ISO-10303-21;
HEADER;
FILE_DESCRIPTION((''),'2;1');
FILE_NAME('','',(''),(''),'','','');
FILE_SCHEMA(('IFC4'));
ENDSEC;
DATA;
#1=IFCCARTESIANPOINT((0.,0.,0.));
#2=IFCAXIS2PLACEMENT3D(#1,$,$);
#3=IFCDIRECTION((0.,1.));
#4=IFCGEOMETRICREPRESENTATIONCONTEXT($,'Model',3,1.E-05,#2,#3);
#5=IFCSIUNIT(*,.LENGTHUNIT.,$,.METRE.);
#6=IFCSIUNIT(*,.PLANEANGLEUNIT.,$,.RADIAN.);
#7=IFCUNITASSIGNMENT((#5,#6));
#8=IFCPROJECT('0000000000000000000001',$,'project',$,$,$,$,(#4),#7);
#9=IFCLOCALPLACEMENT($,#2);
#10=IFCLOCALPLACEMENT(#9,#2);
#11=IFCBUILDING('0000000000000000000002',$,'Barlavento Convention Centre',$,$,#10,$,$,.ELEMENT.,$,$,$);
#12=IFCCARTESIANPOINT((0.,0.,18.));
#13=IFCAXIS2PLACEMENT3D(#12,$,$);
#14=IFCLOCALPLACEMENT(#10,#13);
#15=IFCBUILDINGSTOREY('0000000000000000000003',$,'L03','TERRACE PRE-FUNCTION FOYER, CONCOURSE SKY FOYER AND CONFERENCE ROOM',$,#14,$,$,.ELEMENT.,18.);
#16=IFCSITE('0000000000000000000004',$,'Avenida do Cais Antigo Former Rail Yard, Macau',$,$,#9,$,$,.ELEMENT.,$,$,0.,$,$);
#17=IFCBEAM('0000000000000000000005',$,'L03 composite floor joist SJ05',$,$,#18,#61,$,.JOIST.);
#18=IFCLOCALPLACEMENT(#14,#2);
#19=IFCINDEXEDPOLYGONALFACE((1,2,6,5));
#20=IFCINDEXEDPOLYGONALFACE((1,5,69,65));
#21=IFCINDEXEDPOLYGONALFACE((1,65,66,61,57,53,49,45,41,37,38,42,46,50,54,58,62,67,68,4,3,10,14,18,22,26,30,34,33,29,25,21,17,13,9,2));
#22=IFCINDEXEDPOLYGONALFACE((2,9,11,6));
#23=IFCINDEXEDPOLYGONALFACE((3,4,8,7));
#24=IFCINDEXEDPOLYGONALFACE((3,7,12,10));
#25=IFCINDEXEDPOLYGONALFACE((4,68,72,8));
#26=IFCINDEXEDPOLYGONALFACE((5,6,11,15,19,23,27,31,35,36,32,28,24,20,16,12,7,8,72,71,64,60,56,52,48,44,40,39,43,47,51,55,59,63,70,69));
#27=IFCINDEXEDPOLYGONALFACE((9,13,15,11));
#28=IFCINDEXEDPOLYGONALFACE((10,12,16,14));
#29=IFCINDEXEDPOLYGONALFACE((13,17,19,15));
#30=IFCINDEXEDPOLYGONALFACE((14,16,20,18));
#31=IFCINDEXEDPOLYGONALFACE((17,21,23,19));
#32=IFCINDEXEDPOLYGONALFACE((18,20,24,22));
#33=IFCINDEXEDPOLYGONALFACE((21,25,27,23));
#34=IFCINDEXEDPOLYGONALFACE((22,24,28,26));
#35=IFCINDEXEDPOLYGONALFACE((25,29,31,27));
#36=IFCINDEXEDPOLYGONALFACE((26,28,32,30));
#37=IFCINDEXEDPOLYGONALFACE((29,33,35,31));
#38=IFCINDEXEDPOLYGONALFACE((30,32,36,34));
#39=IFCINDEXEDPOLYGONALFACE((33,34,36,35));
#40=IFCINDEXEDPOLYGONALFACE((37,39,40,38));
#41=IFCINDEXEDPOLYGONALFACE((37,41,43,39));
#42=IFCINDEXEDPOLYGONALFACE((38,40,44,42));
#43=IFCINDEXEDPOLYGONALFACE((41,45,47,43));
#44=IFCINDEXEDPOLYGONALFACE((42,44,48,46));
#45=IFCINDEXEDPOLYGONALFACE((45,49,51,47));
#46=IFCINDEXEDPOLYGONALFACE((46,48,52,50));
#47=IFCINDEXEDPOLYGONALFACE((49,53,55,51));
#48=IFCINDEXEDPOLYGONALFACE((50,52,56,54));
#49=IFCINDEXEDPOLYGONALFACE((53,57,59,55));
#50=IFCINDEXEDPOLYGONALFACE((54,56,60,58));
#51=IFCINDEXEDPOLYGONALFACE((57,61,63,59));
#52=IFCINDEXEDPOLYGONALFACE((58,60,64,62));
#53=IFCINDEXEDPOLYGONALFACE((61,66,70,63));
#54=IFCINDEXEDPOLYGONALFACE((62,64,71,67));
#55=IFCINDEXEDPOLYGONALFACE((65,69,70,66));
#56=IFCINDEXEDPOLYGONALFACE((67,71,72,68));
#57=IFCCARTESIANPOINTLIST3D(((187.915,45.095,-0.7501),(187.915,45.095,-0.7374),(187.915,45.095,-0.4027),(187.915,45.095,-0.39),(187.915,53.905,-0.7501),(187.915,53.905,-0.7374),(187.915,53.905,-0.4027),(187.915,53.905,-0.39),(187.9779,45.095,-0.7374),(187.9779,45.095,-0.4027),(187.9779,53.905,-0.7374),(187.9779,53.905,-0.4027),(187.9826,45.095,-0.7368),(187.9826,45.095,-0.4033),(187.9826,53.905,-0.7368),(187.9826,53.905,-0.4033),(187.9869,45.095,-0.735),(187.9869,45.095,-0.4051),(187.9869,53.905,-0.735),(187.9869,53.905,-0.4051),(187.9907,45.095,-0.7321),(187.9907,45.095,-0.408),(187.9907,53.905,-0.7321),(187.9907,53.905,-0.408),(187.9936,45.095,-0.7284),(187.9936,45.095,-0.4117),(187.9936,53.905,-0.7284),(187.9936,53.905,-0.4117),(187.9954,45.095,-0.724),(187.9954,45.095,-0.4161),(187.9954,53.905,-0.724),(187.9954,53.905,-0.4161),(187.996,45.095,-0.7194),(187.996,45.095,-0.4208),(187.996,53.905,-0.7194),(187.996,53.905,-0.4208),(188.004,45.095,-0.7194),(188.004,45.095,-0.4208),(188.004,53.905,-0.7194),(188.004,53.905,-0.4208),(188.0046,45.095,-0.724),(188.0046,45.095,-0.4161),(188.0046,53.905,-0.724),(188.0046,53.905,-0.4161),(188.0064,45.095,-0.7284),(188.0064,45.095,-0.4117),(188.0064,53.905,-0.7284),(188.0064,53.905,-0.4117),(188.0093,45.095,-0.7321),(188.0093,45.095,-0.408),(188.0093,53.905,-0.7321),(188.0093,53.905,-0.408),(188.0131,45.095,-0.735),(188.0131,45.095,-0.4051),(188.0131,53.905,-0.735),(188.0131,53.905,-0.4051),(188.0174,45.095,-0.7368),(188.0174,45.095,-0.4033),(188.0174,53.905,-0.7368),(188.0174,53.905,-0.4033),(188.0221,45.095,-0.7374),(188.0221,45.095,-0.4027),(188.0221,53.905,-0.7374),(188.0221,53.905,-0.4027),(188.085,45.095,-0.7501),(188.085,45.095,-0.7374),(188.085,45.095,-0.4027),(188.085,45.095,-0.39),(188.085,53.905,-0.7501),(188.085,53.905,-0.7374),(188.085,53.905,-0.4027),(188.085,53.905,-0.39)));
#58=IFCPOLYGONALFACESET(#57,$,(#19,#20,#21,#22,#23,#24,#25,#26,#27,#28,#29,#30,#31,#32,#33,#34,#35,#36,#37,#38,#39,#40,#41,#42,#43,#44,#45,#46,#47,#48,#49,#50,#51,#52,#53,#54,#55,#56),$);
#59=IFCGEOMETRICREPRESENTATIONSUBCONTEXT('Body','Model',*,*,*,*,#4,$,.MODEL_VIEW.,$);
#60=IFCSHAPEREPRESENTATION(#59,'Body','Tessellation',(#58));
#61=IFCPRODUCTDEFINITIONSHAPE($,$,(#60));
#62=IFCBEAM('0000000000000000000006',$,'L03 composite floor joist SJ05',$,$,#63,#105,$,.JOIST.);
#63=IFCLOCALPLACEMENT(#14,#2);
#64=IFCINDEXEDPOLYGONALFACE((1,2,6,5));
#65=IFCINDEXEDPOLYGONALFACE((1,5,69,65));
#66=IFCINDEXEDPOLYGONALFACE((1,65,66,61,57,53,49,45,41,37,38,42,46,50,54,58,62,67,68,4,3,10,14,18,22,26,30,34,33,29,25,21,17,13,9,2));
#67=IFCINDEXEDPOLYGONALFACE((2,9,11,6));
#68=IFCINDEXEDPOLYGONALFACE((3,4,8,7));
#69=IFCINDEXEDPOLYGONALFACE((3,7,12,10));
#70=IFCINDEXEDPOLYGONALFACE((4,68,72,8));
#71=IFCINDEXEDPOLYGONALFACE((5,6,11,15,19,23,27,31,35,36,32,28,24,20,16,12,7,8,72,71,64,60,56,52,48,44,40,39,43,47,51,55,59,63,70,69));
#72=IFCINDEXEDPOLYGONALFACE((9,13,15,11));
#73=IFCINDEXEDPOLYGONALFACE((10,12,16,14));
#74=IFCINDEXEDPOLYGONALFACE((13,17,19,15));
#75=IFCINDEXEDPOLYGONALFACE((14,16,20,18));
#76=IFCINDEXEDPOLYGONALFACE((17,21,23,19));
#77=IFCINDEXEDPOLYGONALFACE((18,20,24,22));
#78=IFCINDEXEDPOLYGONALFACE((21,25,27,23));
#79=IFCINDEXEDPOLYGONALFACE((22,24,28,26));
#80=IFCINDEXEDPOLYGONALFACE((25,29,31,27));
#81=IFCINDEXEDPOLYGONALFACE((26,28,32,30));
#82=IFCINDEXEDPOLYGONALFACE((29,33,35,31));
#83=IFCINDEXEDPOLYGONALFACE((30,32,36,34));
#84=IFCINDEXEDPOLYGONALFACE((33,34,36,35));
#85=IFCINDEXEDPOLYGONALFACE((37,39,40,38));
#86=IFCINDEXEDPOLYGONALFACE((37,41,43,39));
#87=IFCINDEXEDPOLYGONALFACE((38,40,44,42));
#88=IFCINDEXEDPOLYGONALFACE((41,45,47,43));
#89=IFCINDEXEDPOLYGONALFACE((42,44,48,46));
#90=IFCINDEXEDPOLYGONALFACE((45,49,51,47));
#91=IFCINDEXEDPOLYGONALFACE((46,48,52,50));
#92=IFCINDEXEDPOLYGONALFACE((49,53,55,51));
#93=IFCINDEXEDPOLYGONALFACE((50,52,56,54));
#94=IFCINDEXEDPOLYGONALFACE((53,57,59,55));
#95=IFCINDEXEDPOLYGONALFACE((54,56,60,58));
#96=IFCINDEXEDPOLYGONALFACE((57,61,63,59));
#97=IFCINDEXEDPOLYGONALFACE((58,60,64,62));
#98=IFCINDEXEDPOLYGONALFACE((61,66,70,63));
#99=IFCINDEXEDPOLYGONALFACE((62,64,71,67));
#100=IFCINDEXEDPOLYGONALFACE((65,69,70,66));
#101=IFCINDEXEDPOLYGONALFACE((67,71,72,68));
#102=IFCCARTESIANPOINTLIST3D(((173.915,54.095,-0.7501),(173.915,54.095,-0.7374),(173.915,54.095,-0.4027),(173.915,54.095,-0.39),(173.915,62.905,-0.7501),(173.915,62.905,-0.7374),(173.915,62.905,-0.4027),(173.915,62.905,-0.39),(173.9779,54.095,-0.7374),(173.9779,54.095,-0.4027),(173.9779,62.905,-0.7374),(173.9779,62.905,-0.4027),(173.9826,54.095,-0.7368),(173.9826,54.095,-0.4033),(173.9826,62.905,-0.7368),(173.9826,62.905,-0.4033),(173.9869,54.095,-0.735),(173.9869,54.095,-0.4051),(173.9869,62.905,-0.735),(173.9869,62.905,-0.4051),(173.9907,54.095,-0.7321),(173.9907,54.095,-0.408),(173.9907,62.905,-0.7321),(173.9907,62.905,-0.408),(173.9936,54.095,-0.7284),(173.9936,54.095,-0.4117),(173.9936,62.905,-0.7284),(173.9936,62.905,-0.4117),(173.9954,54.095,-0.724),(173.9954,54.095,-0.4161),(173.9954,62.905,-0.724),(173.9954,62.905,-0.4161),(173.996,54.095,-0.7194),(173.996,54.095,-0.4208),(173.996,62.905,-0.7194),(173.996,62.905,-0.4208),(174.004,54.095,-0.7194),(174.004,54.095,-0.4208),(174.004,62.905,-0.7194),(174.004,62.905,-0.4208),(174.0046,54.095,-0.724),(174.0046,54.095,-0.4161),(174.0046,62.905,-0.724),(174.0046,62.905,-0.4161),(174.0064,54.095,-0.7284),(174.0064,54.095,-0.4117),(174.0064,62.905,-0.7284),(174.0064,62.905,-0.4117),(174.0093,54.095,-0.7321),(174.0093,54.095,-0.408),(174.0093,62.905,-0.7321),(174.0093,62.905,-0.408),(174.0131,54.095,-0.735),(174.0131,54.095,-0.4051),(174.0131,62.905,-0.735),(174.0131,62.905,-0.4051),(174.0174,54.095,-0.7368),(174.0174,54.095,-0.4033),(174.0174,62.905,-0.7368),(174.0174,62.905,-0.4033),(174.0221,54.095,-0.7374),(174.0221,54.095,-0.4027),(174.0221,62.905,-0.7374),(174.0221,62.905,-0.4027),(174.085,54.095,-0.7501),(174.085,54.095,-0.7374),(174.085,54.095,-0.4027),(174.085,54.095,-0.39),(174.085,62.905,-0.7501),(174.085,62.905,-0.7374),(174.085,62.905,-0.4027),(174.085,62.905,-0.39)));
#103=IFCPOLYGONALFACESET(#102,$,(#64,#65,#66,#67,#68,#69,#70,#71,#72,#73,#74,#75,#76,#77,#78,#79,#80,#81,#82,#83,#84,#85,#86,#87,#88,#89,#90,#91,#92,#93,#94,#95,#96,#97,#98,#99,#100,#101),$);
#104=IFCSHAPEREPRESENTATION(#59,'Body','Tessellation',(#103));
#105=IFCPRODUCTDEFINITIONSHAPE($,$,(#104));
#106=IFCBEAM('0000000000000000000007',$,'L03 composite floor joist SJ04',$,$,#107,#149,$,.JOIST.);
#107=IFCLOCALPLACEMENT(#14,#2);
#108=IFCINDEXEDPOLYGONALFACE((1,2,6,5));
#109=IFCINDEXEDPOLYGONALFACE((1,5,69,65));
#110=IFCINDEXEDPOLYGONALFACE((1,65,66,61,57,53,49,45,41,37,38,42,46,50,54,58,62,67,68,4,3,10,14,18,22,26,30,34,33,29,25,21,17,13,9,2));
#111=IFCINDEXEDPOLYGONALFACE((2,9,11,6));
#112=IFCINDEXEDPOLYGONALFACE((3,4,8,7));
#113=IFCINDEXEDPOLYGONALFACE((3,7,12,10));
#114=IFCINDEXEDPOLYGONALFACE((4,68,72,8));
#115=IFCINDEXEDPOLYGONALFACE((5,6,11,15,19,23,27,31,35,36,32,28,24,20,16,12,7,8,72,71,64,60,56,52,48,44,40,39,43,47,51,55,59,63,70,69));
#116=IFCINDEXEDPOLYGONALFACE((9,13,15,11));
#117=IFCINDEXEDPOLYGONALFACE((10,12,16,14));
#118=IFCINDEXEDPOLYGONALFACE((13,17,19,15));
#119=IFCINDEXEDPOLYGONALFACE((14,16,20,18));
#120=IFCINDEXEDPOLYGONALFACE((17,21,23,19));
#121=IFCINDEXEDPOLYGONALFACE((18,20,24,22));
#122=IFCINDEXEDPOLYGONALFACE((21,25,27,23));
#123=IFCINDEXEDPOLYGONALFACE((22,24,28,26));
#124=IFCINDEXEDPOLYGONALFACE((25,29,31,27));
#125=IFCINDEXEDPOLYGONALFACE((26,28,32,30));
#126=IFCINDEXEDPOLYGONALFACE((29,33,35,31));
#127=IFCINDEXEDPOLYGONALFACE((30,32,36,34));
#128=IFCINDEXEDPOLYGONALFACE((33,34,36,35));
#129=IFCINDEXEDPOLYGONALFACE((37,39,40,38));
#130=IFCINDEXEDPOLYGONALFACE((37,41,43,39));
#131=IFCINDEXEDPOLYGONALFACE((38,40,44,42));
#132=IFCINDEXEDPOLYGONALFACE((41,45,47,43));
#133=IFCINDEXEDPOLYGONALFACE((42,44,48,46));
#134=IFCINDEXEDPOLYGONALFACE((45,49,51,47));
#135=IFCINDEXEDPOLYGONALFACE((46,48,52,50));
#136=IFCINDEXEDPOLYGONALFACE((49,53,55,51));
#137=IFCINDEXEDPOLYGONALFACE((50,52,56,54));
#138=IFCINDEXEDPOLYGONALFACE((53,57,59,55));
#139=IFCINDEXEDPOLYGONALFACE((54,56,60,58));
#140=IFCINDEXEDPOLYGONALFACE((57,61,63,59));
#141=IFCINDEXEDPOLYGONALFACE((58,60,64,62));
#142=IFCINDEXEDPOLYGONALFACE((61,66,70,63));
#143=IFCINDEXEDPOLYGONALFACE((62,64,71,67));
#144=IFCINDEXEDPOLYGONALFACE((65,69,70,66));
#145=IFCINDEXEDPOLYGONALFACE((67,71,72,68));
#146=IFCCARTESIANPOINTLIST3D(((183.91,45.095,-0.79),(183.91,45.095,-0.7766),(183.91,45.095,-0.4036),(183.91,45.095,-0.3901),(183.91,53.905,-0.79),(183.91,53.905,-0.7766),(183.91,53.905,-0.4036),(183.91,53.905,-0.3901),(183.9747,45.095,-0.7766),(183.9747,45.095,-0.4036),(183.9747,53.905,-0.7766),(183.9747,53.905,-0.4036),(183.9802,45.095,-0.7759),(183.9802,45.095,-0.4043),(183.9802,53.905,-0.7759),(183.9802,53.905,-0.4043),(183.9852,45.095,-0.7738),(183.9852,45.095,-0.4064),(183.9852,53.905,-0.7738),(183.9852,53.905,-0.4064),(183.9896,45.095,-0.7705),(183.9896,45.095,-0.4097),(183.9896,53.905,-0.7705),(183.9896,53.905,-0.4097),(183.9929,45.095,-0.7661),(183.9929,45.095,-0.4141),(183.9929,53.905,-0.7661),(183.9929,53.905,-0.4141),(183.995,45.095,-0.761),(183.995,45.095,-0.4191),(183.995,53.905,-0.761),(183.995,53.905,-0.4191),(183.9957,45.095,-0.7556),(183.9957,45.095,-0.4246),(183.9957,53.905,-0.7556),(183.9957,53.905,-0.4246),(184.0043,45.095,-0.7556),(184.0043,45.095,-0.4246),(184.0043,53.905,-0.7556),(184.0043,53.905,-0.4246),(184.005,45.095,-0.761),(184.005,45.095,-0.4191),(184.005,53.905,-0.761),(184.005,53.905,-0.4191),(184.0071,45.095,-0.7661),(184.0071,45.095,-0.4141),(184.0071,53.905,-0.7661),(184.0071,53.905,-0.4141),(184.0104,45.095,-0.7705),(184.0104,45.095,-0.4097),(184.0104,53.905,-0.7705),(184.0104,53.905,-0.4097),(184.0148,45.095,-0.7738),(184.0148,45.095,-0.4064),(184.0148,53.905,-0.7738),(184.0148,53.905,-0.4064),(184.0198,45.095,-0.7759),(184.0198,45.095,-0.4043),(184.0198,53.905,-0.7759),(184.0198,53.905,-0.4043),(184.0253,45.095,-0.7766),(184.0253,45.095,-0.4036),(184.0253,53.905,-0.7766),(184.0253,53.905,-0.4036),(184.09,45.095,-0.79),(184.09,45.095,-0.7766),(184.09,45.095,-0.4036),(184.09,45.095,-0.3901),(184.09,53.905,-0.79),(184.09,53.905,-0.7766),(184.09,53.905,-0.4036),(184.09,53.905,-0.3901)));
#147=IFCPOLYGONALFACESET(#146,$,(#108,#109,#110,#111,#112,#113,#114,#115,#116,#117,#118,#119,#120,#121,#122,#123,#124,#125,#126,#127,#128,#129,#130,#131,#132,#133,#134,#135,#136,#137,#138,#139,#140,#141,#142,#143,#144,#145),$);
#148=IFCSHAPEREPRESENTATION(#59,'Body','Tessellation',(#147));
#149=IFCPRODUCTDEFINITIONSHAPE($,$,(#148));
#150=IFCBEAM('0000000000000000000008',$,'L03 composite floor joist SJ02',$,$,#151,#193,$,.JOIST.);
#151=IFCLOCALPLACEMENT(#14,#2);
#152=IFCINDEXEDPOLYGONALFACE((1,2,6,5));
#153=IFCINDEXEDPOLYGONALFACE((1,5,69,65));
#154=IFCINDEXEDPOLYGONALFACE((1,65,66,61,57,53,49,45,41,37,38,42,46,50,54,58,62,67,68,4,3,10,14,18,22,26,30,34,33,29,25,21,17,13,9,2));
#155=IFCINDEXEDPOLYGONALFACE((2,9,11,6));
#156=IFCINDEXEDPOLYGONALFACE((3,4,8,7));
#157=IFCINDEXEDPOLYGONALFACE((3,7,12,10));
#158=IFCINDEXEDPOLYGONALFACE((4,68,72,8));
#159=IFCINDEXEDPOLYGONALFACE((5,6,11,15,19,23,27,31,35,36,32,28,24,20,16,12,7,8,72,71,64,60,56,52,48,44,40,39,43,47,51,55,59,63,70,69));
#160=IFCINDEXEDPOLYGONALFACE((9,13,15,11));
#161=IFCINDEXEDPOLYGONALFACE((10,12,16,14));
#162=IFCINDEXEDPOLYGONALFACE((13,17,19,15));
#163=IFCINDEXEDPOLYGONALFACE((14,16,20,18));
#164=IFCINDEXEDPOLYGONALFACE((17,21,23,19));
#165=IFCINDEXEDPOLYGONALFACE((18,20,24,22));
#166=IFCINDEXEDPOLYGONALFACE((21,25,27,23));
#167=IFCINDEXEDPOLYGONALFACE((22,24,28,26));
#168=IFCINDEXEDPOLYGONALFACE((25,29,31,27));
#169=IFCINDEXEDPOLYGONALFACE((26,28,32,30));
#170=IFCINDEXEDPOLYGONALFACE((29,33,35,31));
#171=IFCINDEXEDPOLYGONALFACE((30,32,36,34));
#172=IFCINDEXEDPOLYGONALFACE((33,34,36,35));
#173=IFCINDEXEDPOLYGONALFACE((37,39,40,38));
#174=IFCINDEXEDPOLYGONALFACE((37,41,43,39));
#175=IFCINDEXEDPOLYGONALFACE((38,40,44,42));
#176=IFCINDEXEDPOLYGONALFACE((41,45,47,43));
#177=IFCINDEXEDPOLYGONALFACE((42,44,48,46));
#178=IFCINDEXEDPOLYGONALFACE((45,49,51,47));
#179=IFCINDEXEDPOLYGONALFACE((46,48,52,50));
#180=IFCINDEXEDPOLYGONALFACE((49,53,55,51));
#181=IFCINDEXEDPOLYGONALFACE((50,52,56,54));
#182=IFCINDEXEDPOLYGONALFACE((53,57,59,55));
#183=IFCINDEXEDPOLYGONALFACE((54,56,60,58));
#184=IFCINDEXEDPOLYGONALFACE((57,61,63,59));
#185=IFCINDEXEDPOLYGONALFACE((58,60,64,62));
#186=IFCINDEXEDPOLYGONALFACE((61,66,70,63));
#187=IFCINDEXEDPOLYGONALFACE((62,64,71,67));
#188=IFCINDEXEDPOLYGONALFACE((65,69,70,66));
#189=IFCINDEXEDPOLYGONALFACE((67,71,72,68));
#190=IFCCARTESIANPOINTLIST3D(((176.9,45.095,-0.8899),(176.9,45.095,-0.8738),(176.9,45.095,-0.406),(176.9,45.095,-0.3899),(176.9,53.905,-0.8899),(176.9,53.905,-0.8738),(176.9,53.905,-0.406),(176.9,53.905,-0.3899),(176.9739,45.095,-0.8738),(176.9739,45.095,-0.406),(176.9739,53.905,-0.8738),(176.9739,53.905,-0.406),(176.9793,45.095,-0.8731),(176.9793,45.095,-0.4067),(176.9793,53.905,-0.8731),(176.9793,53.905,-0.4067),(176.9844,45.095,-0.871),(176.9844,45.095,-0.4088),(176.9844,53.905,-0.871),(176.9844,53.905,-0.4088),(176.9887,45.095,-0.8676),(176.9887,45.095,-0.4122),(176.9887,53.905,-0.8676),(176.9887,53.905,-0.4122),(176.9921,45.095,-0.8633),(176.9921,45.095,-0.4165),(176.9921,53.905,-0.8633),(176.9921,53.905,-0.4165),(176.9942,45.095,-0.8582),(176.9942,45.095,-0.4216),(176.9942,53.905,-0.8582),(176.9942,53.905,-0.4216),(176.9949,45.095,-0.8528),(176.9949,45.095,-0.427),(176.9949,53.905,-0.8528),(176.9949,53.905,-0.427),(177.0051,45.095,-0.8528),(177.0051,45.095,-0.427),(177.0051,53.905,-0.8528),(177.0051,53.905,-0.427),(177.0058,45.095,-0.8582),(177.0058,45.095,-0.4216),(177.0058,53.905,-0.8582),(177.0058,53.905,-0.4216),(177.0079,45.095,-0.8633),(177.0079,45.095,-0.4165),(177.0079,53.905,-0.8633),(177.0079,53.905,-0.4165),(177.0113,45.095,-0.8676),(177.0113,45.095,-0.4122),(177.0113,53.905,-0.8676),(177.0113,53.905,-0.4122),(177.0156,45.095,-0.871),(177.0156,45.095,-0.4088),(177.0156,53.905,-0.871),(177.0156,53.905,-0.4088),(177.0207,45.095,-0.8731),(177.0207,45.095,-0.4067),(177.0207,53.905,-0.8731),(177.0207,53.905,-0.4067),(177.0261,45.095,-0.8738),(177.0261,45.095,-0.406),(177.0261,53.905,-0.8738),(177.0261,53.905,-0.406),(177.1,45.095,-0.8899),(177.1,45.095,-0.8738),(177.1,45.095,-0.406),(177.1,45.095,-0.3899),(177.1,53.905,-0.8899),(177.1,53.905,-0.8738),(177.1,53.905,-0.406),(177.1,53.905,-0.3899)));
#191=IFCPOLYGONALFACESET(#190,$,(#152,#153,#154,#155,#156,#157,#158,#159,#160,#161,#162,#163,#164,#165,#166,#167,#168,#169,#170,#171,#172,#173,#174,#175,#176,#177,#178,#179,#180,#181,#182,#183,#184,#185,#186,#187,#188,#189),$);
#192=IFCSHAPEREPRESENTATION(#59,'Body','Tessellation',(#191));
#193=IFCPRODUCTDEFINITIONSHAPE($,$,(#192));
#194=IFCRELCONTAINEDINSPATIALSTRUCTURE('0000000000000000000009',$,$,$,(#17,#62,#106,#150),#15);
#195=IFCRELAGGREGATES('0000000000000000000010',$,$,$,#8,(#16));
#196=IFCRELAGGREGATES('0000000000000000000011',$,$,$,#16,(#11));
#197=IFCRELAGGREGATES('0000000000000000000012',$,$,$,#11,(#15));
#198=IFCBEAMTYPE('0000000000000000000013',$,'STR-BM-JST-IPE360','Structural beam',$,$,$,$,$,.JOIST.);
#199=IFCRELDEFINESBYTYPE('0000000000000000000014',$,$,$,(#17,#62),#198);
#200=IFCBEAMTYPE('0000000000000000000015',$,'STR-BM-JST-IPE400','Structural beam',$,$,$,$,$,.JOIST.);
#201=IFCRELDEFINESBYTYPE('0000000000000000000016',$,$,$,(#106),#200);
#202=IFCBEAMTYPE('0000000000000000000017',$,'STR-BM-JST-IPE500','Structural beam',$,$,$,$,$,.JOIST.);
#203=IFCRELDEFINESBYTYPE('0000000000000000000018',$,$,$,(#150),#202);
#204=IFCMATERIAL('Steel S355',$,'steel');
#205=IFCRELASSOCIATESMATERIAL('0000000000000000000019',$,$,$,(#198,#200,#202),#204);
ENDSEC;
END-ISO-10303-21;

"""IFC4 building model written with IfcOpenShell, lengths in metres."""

from ifc_helpers import new_model, si_unit, direction, frame, origin, origin_2d, place, context, subcontext, project, spatial, i_section, extrude, material, material_profile, profile_set, type_object, element, save


model = new_model("IFC4")

# Units and contexts
model_context = context("Model", 3, precision=1e-05, world=origin(), true_north=direction((0.0, 1.0)))
body_context = subcontext(model_context, "Body", "Model", "MODEL_VIEW")
ifc_project = project(units=[si_unit("LENGTHUNIT", "METRE"), si_unit("PLANEANGLEUNIT", "RADIAN")], contexts=[model_context])

# Site, building, storey
site_placement = place(None, origin())
site = spatial("IfcSite", under=ifc_project, at=site_placement, Name="Avenida do Cais Antigo Former Rail Yard, Macau", CompositionType="ELEMENT", RefElevation=0.0)
building_placement = place(site_placement, origin())
building = spatial("IfcBuilding", under=site, at=building_placement, Name="Barlavento Convention Centre", CompositionType="ELEMENT")
storey_placement = place(building_placement, frame((0.0, 0.0, 18.0)))
storey = spatial("IfcBuildingStorey", under=building, at=storey_placement, Name="L03", Description="TERRACE PRE-FUNCTION FOYER, CONCOURSE SKY FOYER AND CONFERENCE ROOM", CompositionType="ELEMENT", Elevation=18.0)

# Shared definitions
ifc_material_1 = material(Name="Steel S355", Category="steel")

# Beams
ifc_material_profile_1 = material_profile(ifc_material_1, i_section(OverallWidth=0.1699, OverallDepth=0.3601, WebThickness=0.0081, FlangeThickness=0.0127, FilletRadius=0.0181, at=origin_2d()), Name="IPE 360")
ifc_profile_set_1 = profile_set([ifc_material_profile_1], Name="Steel S355")
beam_type_1 = type_object("IfcBeamType", Name="STR-BM-JST-IPE360", Description="Structural beam", PredefinedType="JOIST", material=ifc_profile_set_1)
for number, where, z_axis, x_axis, name in (
    (1, (188.0, 45.095, -0.5701), (0.0, 1.0, 0.0), (-1.0, 0.0, 0.0), "L03 composite floor joist SJ05"),
    (2, (174.0, 54.095, -0.5701), (0.0, 1.0, 0.0), (-1.0, 0.0, 0.0), "L03 composite floor joist SJ05"),
):
    element("IfcBeam", number, at=place(storey_placement, frame(where, z_axis=z_axis, x_axis=x_axis)), inside=storey, type_object=beam_type_1, Name=name, PredefinedType="JOIST", context=body_context, shape_type="SweptSolid", body=[
        extrude(i_section(OverallWidth=0.1699, OverallDepth=0.3601, WebThickness=0.0081, FlangeThickness=0.0127, FilletRadius=0.0181, at=origin_2d()), origin(), (0.0, 0.0, 1.0), 8.8101),
    ])
ifc_material_profile_2 = material_profile(ifc_material_1, i_section(OverallWidth=0.1799, OverallDepth=0.3999, WebThickness=0.0085, FlangeThickness=0.0134, FilletRadius=0.021, at=origin_2d()), Name="IPE 400")
ifc_profile_set_2 = profile_set([ifc_material_profile_2], Name="Steel S355")
beam_type_2 = type_object("IfcBeamType", Name="STR-BM-JST-IPE400", Description="Structural beam", PredefinedType="JOIST", material=ifc_profile_set_2)
beam_1_placement = place(storey_placement, frame((184.0, 45.095, -0.5901), z_axis=(0.0, 1.0, 0.0), x_axis=(-1.0, 0.0, 0.0)))
element("IfcBeam", 3, at=beam_1_placement, inside=storey, type_object=beam_type_2, Name="L03 composite floor joist SJ04", PredefinedType="JOIST", context=body_context, shape_type="SweptSolid", body=[
    extrude(i_section(OverallWidth=0.1799, OverallDepth=0.3999, WebThickness=0.0085, FlangeThickness=0.0134, FilletRadius=0.021, at=origin_2d()), origin(), (0.0, 0.0, 1.0), 8.8101),
])
ifc_material_profile_3 = material_profile(ifc_material_1, i_section(OverallWidth=0.2, OverallDepth=0.5, WebThickness=0.0103, FlangeThickness=0.0161, FilletRadius=0.021, at=origin_2d()), Name="IPE 500")
ifc_profile_set_3 = profile_set([ifc_material_profile_3], Name="Steel S355")
beam_type_3 = type_object("IfcBeamType", Name="STR-BM-JST-IPE500", Description="Structural beam", PredefinedType="JOIST", material=ifc_profile_set_3)
beam_2_placement = place(storey_placement, frame((177.0, 45.095, -0.6399), z_axis=(0.0, 1.0, 0.0), x_axis=(-1.0, 0.0, 0.0)))
element("IfcBeam", 4, at=beam_2_placement, inside=storey, type_object=beam_type_3, Name="L03 composite floor joist SJ02", PredefinedType="JOIST", context=body_context, shape_type="SweptSolid", body=[
    extrude(i_section(OverallWidth=0.2, OverallDepth=0.5, WebThickness=0.0103, FlangeThickness=0.0161, FilletRadius=0.021, at=origin_2d()), origin(), (0.0, 0.0, 1.0), 8.8101),
])

save(model, "model.ifc")
